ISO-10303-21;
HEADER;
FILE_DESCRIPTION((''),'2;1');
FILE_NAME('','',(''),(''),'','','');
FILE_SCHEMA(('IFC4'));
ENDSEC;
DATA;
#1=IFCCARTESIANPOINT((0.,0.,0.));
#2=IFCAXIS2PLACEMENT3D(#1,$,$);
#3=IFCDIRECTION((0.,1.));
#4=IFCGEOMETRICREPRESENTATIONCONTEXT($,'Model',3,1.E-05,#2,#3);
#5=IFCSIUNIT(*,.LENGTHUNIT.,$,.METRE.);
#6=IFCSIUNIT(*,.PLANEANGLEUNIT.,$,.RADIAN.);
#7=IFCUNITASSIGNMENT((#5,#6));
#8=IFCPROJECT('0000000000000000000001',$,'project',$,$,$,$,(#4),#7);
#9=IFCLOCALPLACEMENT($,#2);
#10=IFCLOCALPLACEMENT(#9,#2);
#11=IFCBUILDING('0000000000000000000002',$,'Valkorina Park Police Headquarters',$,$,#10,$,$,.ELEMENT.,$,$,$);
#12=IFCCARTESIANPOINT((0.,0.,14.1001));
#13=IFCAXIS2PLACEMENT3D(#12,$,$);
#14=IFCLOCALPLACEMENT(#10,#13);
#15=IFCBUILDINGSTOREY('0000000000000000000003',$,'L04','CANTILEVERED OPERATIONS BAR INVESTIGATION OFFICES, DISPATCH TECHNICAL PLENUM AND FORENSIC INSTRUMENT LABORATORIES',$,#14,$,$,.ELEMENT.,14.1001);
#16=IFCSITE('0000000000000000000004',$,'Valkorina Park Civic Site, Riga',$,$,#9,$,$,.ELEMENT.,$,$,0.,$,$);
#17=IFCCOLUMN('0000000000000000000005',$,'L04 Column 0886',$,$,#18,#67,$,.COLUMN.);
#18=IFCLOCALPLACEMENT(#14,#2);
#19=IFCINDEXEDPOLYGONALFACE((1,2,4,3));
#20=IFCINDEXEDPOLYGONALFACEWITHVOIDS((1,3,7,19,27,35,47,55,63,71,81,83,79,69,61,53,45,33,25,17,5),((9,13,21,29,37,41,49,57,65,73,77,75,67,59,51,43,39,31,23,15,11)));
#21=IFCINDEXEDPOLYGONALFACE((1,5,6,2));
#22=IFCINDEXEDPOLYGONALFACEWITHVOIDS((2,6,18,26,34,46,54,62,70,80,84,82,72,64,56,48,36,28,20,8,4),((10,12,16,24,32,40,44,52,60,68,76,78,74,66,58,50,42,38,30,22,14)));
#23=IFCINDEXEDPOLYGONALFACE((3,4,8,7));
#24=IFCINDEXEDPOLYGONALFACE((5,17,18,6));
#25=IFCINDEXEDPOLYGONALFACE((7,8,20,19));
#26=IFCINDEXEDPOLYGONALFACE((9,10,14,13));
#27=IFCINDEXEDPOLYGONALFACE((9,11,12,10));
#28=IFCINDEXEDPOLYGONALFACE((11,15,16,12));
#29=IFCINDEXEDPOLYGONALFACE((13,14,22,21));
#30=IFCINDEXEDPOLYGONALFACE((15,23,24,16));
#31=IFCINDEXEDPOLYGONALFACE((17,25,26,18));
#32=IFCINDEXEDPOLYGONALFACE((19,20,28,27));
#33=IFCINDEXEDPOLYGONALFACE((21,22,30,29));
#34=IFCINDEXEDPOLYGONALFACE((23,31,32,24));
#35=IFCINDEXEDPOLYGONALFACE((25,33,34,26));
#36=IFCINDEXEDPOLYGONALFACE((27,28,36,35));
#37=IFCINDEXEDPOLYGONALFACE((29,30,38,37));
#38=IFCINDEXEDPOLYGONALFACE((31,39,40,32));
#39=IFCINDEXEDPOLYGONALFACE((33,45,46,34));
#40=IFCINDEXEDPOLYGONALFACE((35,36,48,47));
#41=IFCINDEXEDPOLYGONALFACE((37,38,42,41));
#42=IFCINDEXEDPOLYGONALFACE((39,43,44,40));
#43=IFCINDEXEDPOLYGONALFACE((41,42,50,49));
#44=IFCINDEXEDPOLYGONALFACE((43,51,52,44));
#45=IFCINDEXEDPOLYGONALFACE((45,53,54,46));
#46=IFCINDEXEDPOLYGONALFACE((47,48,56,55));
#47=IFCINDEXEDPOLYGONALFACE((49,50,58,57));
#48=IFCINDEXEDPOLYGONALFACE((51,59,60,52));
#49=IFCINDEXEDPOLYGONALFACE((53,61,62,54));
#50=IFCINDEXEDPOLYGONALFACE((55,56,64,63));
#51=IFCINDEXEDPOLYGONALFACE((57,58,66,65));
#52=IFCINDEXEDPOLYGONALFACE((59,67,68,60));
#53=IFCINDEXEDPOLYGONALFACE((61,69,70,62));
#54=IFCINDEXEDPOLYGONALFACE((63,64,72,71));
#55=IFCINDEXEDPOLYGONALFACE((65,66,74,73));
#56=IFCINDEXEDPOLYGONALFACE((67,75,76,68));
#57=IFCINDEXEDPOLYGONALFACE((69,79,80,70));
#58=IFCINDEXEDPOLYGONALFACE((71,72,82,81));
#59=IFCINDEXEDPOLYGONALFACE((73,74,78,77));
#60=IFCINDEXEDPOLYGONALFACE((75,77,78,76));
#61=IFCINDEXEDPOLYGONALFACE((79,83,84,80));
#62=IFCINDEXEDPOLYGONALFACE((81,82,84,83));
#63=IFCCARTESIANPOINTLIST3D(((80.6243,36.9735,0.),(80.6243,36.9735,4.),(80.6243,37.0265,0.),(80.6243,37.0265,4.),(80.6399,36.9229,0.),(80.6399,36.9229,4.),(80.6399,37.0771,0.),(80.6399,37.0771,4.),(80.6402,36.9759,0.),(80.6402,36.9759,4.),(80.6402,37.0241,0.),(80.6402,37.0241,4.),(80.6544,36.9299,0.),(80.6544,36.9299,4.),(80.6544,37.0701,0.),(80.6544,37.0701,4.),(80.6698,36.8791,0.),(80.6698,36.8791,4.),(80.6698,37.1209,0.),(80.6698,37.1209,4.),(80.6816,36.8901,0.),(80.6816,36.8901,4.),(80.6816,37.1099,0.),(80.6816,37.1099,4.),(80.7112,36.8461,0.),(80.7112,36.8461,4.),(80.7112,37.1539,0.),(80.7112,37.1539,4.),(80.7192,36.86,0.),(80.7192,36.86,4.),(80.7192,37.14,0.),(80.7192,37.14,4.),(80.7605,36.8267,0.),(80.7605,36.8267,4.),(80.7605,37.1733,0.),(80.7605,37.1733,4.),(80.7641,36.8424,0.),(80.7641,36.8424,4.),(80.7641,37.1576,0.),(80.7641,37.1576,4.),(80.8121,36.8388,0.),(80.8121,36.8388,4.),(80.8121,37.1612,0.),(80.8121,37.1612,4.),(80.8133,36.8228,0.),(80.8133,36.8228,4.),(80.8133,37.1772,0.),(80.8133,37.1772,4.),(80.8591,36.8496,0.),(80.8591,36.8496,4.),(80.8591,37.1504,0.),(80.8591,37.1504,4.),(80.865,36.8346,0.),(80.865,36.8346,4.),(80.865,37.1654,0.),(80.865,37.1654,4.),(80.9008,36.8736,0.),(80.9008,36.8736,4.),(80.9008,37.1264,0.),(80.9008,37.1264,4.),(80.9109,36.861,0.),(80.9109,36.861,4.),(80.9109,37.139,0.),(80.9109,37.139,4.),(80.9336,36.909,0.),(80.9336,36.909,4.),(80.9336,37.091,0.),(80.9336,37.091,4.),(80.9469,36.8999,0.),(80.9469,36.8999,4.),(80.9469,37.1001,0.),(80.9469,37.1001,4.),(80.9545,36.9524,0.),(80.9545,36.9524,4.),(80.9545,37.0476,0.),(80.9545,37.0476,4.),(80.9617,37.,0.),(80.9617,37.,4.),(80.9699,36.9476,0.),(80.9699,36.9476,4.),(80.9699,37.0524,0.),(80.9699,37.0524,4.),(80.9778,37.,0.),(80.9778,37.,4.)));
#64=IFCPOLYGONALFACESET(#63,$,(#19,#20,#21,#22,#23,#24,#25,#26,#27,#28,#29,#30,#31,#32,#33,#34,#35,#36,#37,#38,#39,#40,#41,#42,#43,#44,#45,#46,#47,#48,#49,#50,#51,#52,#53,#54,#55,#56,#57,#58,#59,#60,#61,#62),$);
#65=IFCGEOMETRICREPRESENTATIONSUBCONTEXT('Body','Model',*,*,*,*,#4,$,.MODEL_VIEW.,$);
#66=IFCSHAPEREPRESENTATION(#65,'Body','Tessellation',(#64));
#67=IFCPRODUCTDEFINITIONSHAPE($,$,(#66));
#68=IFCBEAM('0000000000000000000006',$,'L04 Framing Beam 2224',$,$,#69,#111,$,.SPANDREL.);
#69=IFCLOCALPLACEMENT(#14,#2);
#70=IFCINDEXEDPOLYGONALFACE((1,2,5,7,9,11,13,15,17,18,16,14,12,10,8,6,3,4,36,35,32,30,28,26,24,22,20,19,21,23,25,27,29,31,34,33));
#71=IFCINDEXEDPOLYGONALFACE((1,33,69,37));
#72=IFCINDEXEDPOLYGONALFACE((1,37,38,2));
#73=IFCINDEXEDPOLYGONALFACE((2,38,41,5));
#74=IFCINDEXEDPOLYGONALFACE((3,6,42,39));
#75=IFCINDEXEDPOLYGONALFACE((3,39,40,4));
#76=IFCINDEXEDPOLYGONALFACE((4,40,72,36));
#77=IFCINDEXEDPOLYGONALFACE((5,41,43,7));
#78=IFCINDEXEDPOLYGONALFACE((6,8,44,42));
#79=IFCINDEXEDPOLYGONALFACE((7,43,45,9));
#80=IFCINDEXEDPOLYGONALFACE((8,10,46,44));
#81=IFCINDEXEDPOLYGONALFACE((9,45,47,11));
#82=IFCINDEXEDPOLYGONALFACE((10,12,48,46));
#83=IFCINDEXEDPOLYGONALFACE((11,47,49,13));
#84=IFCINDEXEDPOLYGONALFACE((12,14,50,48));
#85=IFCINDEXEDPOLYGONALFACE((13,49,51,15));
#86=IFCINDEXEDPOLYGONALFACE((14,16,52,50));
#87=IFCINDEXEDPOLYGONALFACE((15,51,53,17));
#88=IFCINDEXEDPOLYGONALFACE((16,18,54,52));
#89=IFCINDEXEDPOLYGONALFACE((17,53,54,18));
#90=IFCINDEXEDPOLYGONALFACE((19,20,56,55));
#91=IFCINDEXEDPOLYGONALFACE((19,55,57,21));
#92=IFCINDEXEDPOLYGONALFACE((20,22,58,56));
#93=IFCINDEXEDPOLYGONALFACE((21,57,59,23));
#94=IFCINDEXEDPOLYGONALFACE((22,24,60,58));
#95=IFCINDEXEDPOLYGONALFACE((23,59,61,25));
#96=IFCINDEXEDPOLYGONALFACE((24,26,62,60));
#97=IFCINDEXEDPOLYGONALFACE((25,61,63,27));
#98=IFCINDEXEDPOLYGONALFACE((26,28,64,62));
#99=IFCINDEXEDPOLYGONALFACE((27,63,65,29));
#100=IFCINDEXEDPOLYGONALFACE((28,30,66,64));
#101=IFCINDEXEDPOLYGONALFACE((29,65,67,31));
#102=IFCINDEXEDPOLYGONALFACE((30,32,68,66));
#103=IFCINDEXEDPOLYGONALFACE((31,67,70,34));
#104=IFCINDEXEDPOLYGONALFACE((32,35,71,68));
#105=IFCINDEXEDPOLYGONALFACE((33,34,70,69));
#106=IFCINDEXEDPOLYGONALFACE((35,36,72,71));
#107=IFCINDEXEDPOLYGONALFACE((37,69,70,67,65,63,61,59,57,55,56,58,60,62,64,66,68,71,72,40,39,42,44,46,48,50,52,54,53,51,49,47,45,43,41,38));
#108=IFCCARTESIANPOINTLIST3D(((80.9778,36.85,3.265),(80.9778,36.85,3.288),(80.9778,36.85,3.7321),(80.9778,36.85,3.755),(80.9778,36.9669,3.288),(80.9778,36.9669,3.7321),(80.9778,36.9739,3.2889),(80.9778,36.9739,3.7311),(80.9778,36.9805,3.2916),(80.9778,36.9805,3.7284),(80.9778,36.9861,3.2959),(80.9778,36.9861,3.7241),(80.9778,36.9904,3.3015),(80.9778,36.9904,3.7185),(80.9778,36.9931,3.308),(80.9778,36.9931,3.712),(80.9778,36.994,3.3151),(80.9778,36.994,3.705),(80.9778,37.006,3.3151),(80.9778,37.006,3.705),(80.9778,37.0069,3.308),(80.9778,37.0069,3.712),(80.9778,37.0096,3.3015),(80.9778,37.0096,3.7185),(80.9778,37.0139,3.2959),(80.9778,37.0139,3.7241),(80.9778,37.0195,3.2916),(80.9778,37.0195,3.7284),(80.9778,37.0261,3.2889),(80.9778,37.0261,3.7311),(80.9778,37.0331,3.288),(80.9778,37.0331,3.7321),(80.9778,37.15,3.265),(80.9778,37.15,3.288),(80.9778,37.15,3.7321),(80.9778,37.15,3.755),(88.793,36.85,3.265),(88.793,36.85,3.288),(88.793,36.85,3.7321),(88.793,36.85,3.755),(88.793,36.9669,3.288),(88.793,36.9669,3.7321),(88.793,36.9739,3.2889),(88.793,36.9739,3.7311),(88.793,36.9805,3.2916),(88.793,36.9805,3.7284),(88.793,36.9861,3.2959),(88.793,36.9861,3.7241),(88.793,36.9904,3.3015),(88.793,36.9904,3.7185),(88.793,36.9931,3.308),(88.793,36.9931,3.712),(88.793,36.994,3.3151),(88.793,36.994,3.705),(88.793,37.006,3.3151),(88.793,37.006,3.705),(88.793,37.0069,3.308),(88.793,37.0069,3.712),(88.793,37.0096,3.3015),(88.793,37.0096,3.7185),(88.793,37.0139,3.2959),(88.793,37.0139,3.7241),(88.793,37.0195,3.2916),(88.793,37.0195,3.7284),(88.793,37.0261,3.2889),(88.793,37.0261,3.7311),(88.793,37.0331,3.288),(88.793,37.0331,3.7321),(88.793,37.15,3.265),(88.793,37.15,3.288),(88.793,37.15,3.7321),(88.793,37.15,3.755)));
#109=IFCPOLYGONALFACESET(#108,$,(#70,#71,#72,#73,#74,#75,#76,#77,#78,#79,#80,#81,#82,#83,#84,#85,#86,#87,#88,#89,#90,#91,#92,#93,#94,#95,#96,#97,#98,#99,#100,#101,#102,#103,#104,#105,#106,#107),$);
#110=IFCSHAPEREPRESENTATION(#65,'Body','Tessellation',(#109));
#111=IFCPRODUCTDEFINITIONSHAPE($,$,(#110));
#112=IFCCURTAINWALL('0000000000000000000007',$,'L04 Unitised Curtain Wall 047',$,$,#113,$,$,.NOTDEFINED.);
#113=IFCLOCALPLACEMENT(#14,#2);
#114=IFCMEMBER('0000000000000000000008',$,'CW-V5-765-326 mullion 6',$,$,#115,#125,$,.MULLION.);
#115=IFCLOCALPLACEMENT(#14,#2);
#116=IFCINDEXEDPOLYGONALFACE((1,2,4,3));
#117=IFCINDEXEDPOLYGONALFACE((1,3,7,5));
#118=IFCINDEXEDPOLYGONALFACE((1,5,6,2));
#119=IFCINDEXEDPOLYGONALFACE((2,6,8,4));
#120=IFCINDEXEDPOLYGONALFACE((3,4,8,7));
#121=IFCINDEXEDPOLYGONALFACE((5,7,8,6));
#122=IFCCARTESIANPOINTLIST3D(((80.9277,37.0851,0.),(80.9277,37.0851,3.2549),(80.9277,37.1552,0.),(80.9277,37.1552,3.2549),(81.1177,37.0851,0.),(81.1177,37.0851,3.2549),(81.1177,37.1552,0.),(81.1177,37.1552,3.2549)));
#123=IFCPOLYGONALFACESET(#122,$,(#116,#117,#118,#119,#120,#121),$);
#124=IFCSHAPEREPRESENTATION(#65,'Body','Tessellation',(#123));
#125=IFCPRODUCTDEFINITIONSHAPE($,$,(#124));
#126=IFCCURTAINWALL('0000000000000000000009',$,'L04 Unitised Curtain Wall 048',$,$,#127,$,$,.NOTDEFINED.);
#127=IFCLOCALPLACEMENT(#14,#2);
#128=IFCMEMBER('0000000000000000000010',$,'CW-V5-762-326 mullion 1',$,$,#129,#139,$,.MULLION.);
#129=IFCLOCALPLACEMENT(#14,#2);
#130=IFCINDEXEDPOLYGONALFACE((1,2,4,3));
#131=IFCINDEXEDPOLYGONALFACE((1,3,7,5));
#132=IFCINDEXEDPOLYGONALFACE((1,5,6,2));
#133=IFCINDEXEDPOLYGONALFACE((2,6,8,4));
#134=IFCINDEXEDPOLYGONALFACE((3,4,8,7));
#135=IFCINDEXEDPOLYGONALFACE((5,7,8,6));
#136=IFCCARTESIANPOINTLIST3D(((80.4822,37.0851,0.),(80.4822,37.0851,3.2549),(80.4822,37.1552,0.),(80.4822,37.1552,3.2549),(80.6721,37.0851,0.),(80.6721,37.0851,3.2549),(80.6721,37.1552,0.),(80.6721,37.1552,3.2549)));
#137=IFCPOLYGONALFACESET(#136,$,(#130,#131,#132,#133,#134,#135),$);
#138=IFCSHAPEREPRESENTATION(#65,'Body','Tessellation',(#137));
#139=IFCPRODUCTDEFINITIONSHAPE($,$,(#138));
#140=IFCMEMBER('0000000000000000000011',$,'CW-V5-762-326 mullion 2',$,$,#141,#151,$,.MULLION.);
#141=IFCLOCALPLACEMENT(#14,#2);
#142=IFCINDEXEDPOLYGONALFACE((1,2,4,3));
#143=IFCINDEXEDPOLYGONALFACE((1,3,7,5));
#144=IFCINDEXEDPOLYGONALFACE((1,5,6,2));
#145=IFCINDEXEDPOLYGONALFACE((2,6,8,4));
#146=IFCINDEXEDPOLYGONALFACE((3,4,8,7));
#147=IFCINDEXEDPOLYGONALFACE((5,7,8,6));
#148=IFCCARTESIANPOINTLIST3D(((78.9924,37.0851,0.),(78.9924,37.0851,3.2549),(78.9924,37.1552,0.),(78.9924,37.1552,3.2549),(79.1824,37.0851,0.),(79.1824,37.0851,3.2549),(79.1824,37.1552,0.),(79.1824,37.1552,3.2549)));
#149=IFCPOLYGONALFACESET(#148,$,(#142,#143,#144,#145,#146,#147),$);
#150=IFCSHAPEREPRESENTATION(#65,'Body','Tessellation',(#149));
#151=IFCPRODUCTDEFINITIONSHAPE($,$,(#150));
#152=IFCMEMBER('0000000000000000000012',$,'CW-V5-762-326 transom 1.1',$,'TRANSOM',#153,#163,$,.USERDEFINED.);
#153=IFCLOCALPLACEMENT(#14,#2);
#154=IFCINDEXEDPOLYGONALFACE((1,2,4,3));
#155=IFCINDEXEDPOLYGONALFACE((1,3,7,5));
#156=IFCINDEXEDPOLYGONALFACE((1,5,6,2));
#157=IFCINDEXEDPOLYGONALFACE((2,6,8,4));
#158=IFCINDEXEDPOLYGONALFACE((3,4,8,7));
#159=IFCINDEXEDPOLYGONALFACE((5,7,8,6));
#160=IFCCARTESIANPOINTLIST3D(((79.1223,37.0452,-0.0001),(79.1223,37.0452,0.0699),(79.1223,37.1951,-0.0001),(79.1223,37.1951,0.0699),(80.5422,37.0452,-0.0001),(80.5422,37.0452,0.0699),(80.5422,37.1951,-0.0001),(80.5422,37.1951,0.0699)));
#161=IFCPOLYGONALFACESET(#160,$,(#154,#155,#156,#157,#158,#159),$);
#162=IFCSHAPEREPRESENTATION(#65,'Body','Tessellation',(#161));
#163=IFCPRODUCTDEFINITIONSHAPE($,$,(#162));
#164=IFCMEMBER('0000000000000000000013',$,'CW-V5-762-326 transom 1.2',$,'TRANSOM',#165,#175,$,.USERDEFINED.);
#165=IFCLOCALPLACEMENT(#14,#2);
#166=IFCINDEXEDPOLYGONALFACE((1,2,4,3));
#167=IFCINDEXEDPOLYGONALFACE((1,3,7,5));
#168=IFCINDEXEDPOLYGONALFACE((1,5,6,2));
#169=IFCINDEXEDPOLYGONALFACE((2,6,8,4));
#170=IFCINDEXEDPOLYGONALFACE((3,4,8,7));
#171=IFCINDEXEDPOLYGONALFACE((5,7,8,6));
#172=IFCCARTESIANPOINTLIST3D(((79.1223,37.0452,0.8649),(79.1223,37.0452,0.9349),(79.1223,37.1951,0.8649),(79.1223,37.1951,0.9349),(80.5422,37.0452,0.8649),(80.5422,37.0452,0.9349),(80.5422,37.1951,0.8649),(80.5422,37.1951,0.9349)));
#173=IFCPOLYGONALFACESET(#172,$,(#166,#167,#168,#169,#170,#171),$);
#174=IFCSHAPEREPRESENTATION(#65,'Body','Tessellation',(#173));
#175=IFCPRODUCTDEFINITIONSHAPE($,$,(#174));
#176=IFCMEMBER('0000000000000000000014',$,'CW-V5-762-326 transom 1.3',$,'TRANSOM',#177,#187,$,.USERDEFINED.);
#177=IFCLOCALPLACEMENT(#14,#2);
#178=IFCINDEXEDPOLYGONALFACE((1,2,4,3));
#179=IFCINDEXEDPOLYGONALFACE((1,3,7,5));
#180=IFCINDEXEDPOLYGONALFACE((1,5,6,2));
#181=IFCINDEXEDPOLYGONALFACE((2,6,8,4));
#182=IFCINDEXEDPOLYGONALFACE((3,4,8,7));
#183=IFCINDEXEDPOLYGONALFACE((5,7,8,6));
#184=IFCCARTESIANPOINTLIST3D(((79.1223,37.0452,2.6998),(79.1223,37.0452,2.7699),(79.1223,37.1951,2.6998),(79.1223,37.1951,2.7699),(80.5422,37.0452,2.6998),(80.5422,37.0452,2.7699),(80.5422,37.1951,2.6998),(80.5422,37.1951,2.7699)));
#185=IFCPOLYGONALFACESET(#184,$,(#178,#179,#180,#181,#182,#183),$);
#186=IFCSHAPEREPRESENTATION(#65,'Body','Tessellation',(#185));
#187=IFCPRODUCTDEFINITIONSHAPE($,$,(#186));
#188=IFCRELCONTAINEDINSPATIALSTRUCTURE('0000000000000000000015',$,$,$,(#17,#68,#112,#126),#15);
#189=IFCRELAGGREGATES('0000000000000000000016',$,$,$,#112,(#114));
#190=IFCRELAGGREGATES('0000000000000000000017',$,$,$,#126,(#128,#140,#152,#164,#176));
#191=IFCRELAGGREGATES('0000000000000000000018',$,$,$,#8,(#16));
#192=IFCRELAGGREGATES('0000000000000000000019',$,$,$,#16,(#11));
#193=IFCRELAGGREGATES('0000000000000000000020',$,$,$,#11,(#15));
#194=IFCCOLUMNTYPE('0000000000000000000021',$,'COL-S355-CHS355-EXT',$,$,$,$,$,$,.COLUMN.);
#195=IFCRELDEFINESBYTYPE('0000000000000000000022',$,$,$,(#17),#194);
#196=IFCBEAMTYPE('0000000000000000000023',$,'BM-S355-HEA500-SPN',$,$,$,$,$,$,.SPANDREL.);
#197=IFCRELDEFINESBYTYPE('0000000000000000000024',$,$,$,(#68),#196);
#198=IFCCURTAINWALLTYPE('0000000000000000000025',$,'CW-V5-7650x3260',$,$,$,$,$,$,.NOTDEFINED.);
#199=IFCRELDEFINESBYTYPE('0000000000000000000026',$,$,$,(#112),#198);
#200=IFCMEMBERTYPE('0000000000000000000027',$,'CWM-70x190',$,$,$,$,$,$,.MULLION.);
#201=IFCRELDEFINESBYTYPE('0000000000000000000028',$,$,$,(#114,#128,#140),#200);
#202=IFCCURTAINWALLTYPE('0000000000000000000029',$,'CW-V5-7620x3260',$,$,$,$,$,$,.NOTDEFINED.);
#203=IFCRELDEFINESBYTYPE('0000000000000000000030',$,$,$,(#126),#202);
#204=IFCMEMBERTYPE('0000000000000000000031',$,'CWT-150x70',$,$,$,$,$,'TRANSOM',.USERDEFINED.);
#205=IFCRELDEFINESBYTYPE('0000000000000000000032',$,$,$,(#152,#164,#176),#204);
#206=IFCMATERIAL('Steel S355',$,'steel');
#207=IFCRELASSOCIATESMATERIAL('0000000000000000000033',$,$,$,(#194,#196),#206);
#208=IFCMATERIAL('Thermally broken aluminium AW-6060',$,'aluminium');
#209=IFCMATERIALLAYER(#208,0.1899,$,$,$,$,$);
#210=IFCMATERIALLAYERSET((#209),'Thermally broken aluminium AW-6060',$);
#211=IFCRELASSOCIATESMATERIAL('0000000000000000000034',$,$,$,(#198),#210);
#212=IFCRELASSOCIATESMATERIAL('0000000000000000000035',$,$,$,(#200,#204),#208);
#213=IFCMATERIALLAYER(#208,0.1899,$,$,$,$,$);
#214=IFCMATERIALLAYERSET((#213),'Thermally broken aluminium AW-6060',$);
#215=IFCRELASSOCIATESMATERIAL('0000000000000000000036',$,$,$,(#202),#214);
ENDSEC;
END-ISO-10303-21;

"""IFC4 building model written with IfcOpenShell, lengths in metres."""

from ifc_helpers import new_model, si_unit, direction, frame, origin, origin_2d, place, context, subcontext, project, spatial, rectangle, hollow_circle, i_section, extrude, material, layer, layer_set, material_profile, profile_set, type_object, element, aggregate, save


model = new_model("IFC4")

# Units and contexts
model_context = context("Model", 3, precision=1e-05, world=origin(), true_north=direction((0.0, 1.0)))
body_context = subcontext(model_context, "Body", "Model", "MODEL_VIEW")
ifc_project = project(units=[si_unit("LENGTHUNIT", "METRE"), si_unit("PLANEANGLEUNIT", "RADIAN")], contexts=[model_context])

# Site, building, storey
site_placement = place(None, origin())
site = spatial("IfcSite", under=ifc_project, at=site_placement, Name="Valkorina Park Civic Site, Riga", CompositionType="ELEMENT", RefElevation=0.0)
building_placement = place(site_placement, origin())
building = spatial("IfcBuilding", under=site, at=building_placement, Name="Valkorina Park Police Headquarters", CompositionType="ELEMENT")
storey_placement = place(building_placement, frame((0.0, 0.0, 14.1001)))
storey = spatial("IfcBuildingStorey", under=building, at=storey_placement, Name="L04", Description="CANTILEVERED OPERATIONS BAR INVESTIGATION OFFICES, DISPATCH TECHNICAL PLENUM AND FORENSIC INSTRUMENT LABORATORIES", CompositionType="ELEMENT", Elevation=14.1001)

# Column
ifc_material_1 = material(Name="Steel S355", Category="steel")
ifc_material_profile_1 = material_profile(ifc_material_1, hollow_circle(Radius=0.1777, WallThickness=0.0161, at=origin_2d()), Name="CHS 355.6x16")
ifc_profile_set_1 = profile_set([ifc_material_profile_1], Name="Steel S355")
column_type = type_object("IfcColumnType", Name="COL-S355-CHS355-EXT", PredefinedType="COLUMN", material=ifc_profile_set_1)
column_placement = place(storey_placement, frame((80.8, 37.0, 0.0), z_axis=(0.0, 0.0, 1.0), x_axis=(1.0, 0.0, 0.0)))
element("IfcColumn", 1, at=column_placement, inside=storey, type_object=column_type, Name="L04 Column 0886", PredefinedType="COLUMN", context=body_context, shape_type="SweptSolid", body=[
    extrude(hollow_circle(Radius=0.1777, WallThickness=0.0161, at=origin_2d()), origin(), (0.0, 0.0, 1.0), 4.0),
])

# Beam
ifc_material_profile_2 = material_profile(ifc_material_1, i_section(OverallWidth=0.3, OverallDepth=0.49, WebThickness=0.012, FlangeThickness=0.0229, FilletRadius=0.0271, at=origin_2d()), Name="HEA 500")
ifc_profile_set_2 = profile_set([ifc_material_profile_2], Name="Steel S355")
beam_type = type_object("IfcBeamType", Name="BM-S355-HEA500-SPN", PredefinedType="SPANDREL", material=ifc_profile_set_2)
beam_placement = place(storey_placement, frame((80.9778, 37.0, 3.51), z_axis=(1.0, 0.0, 0.0), x_axis=(0.0, 1.0, 0.0)))
element("IfcBeam", 2, at=beam_placement, inside=storey, type_object=beam_type, Name="L04 Framing Beam 2224", PredefinedType="SPANDREL", context=body_context, shape_type="SweptSolid", body=[
    extrude(i_section(OverallWidth=0.3, OverallDepth=0.49, WebThickness=0.012, FlangeThickness=0.0229, FilletRadius=0.0271, at=origin_2d()), origin(), (0.0, 0.0, 1.0), 7.8152),
])

# Curtain wall, member
ifc_material_2 = material(Name="Thermally broken aluminium AW-6060", Category="aluminium")
ifc_layer_1 = layer(ifc_material_2, 0.1899)
ifc_layer_set_1 = layer_set([ifc_layer_1], Name="Thermally broken aluminium AW-6060")
curtain_wall_type_1 = type_object("IfcCurtainWallType", Name="CW-V5-7650x3260", PredefinedType="NOTDEFINED", material=ifc_layer_set_1)
curtain_wall_1_placement = place(storey_placement, origin())
curtain_wall_1 = element("IfcCurtainWall", 3, at=curtain_wall_1_placement, inside=storey, type_object=curtain_wall_type_1, Name="L04 Unitised Curtain Wall 047", PredefinedType="NOTDEFINED")
ifc_material_profile_3 = material_profile(ifc_material_2, rectangle(XDim=0.0701, YDim=0.1899, at=origin_2d()), Name="CWM-02 70x190")
ifc_profile_set_3 = profile_set([ifc_material_profile_3], Name="Thermally broken aluminium AW-6060")
member_type_1 = type_object("IfcMemberType", Name="CWM-70x190", PredefinedType="MULLION", material=ifc_profile_set_3)
member_1_placement = place(storey_placement, frame((81.0227, 37.1201, 0.0), z_axis=(0.0, 0.0, 1.0), x_axis=(0.0, -1.0, 0.0)))
member_1 = element("IfcMember", 4, at=member_1_placement, type_object=member_type_1, Name="CW-V5-765-326 mullion 6", PredefinedType="MULLION", context=body_context, shape_type="SweptSolid", body=[
    extrude(rectangle(XDim=0.0701, YDim=0.1899, at=origin_2d()), origin(), (0.0, 0.0, 1.0), 3.2549),
])

# Curtain wall, members
ifc_layer_2 = layer(ifc_material_2, 0.1899)
ifc_layer_set_2 = layer_set([ifc_layer_2], Name="Thermally broken aluminium AW-6060")
curtain_wall_type_2 = type_object("IfcCurtainWallType", Name="CW-V5-7620x3260", PredefinedType="NOTDEFINED", material=ifc_layer_set_2)
curtain_wall_2_placement = place(storey_placement, origin())
curtain_wall_2 = element("IfcCurtainWall", 5, at=curtain_wall_2_placement, inside=storey, type_object=curtain_wall_type_2, Name="L04 Unitised Curtain Wall 048", PredefinedType="NOTDEFINED")
member_2_placement = place(storey_placement, frame((80.5771, 37.1201, 0.0), z_axis=(0.0, 0.0, 1.0), x_axis=(0.0, -1.0, 0.0)))
member_2 = element("IfcMember", 6, at=member_2_placement, type_object=member_type_1, Name="CW-V5-762-326 mullion 1", PredefinedType="MULLION", context=body_context, shape_type="SweptSolid", body=[
    extrude(rectangle(XDim=0.0701, YDim=0.1899, at=origin_2d()), origin(), (0.0, 0.0, 1.0), 3.2549),
])
member_3_placement = place(storey_placement, frame((79.0874, 37.1201, 0.0), z_axis=(0.0, 0.0, 1.0), x_axis=(0.0, -1.0, 0.0)))
member_3 = element("IfcMember", 7, at=member_3_placement, type_object=member_type_1, Name="CW-V5-762-326 mullion 2", PredefinedType="MULLION", context=body_context, shape_type="SweptSolid", body=[
    extrude(rectangle(XDim=0.0701, YDim=0.1899, at=origin_2d()), origin(), (0.0, 0.0, 1.0), 3.2549),
])
ifc_material_profile_4 = material_profile(ifc_material_2, rectangle(XDim=0.1499, YDim=0.0701, at=origin_2d()), Name="CWT-02 150x70")
ifc_profile_set_4 = profile_set([ifc_material_profile_4], Name="Thermally broken aluminium AW-6060")
member_type_2 = type_object("IfcMemberType", Name="CWT-150x70", ElementType="TRANSOM", PredefinedType="USERDEFINED", material=ifc_profile_set_4)
member_4_placement = place(storey_placement, frame((80.5422, 37.1201, 0.0349), z_axis=(-1.0, 0.0, 0.0), x_axis=(0.0, -1.0, 0.0)))
member_4 = element("IfcMember", 8, at=member_4_placement, type_object=member_type_2, Name="CW-V5-762-326 transom 1.1", ObjectType="TRANSOM", PredefinedType="USERDEFINED", context=body_context, shape_type="SweptSolid", body=[
    extrude(rectangle(XDim=0.1499, YDim=0.0701, at=origin_2d()), origin(), (0.0, 0.0, 1.0), 1.4199),
])
member_5_placement = place(storey_placement, frame((80.5422, 37.1201, 0.8999), z_axis=(-1.0, 0.0, 0.0), x_axis=(0.0, -1.0, 0.0)))
member_5 = element("IfcMember", 9, at=member_5_placement, type_object=member_type_2, Name="CW-V5-762-326 transom 1.2", ObjectType="TRANSOM", PredefinedType="USERDEFINED", context=body_context, shape_type="SweptSolid", body=[
    extrude(rectangle(XDim=0.1499, YDim=0.0701, at=origin_2d()), origin(), (0.0, 0.0, 1.0), 1.4199),
])
member_6_placement = place(storey_placement, frame((80.5422, 37.1201, 2.7349), z_axis=(-1.0, 0.0, 0.0), x_axis=(0.0, -1.0, 0.0)))
member_6 = element("IfcMember", 10, at=member_6_placement, type_object=member_type_2, Name="CW-V5-762-326 transom 1.3", ObjectType="TRANSOM", PredefinedType="USERDEFINED", context=body_context, shape_type="SweptSolid", body=[
    extrude(rectangle(XDim=0.1499, YDim=0.0701, at=origin_2d()), origin(), (0.0, 0.0, 1.0), 1.4199),
])

aggregate(curtain_wall_1, [member_1])
aggregate(curtain_wall_2, [member_2, member_3, member_4, member_5, member_6])

save(model, "model.ifc")
